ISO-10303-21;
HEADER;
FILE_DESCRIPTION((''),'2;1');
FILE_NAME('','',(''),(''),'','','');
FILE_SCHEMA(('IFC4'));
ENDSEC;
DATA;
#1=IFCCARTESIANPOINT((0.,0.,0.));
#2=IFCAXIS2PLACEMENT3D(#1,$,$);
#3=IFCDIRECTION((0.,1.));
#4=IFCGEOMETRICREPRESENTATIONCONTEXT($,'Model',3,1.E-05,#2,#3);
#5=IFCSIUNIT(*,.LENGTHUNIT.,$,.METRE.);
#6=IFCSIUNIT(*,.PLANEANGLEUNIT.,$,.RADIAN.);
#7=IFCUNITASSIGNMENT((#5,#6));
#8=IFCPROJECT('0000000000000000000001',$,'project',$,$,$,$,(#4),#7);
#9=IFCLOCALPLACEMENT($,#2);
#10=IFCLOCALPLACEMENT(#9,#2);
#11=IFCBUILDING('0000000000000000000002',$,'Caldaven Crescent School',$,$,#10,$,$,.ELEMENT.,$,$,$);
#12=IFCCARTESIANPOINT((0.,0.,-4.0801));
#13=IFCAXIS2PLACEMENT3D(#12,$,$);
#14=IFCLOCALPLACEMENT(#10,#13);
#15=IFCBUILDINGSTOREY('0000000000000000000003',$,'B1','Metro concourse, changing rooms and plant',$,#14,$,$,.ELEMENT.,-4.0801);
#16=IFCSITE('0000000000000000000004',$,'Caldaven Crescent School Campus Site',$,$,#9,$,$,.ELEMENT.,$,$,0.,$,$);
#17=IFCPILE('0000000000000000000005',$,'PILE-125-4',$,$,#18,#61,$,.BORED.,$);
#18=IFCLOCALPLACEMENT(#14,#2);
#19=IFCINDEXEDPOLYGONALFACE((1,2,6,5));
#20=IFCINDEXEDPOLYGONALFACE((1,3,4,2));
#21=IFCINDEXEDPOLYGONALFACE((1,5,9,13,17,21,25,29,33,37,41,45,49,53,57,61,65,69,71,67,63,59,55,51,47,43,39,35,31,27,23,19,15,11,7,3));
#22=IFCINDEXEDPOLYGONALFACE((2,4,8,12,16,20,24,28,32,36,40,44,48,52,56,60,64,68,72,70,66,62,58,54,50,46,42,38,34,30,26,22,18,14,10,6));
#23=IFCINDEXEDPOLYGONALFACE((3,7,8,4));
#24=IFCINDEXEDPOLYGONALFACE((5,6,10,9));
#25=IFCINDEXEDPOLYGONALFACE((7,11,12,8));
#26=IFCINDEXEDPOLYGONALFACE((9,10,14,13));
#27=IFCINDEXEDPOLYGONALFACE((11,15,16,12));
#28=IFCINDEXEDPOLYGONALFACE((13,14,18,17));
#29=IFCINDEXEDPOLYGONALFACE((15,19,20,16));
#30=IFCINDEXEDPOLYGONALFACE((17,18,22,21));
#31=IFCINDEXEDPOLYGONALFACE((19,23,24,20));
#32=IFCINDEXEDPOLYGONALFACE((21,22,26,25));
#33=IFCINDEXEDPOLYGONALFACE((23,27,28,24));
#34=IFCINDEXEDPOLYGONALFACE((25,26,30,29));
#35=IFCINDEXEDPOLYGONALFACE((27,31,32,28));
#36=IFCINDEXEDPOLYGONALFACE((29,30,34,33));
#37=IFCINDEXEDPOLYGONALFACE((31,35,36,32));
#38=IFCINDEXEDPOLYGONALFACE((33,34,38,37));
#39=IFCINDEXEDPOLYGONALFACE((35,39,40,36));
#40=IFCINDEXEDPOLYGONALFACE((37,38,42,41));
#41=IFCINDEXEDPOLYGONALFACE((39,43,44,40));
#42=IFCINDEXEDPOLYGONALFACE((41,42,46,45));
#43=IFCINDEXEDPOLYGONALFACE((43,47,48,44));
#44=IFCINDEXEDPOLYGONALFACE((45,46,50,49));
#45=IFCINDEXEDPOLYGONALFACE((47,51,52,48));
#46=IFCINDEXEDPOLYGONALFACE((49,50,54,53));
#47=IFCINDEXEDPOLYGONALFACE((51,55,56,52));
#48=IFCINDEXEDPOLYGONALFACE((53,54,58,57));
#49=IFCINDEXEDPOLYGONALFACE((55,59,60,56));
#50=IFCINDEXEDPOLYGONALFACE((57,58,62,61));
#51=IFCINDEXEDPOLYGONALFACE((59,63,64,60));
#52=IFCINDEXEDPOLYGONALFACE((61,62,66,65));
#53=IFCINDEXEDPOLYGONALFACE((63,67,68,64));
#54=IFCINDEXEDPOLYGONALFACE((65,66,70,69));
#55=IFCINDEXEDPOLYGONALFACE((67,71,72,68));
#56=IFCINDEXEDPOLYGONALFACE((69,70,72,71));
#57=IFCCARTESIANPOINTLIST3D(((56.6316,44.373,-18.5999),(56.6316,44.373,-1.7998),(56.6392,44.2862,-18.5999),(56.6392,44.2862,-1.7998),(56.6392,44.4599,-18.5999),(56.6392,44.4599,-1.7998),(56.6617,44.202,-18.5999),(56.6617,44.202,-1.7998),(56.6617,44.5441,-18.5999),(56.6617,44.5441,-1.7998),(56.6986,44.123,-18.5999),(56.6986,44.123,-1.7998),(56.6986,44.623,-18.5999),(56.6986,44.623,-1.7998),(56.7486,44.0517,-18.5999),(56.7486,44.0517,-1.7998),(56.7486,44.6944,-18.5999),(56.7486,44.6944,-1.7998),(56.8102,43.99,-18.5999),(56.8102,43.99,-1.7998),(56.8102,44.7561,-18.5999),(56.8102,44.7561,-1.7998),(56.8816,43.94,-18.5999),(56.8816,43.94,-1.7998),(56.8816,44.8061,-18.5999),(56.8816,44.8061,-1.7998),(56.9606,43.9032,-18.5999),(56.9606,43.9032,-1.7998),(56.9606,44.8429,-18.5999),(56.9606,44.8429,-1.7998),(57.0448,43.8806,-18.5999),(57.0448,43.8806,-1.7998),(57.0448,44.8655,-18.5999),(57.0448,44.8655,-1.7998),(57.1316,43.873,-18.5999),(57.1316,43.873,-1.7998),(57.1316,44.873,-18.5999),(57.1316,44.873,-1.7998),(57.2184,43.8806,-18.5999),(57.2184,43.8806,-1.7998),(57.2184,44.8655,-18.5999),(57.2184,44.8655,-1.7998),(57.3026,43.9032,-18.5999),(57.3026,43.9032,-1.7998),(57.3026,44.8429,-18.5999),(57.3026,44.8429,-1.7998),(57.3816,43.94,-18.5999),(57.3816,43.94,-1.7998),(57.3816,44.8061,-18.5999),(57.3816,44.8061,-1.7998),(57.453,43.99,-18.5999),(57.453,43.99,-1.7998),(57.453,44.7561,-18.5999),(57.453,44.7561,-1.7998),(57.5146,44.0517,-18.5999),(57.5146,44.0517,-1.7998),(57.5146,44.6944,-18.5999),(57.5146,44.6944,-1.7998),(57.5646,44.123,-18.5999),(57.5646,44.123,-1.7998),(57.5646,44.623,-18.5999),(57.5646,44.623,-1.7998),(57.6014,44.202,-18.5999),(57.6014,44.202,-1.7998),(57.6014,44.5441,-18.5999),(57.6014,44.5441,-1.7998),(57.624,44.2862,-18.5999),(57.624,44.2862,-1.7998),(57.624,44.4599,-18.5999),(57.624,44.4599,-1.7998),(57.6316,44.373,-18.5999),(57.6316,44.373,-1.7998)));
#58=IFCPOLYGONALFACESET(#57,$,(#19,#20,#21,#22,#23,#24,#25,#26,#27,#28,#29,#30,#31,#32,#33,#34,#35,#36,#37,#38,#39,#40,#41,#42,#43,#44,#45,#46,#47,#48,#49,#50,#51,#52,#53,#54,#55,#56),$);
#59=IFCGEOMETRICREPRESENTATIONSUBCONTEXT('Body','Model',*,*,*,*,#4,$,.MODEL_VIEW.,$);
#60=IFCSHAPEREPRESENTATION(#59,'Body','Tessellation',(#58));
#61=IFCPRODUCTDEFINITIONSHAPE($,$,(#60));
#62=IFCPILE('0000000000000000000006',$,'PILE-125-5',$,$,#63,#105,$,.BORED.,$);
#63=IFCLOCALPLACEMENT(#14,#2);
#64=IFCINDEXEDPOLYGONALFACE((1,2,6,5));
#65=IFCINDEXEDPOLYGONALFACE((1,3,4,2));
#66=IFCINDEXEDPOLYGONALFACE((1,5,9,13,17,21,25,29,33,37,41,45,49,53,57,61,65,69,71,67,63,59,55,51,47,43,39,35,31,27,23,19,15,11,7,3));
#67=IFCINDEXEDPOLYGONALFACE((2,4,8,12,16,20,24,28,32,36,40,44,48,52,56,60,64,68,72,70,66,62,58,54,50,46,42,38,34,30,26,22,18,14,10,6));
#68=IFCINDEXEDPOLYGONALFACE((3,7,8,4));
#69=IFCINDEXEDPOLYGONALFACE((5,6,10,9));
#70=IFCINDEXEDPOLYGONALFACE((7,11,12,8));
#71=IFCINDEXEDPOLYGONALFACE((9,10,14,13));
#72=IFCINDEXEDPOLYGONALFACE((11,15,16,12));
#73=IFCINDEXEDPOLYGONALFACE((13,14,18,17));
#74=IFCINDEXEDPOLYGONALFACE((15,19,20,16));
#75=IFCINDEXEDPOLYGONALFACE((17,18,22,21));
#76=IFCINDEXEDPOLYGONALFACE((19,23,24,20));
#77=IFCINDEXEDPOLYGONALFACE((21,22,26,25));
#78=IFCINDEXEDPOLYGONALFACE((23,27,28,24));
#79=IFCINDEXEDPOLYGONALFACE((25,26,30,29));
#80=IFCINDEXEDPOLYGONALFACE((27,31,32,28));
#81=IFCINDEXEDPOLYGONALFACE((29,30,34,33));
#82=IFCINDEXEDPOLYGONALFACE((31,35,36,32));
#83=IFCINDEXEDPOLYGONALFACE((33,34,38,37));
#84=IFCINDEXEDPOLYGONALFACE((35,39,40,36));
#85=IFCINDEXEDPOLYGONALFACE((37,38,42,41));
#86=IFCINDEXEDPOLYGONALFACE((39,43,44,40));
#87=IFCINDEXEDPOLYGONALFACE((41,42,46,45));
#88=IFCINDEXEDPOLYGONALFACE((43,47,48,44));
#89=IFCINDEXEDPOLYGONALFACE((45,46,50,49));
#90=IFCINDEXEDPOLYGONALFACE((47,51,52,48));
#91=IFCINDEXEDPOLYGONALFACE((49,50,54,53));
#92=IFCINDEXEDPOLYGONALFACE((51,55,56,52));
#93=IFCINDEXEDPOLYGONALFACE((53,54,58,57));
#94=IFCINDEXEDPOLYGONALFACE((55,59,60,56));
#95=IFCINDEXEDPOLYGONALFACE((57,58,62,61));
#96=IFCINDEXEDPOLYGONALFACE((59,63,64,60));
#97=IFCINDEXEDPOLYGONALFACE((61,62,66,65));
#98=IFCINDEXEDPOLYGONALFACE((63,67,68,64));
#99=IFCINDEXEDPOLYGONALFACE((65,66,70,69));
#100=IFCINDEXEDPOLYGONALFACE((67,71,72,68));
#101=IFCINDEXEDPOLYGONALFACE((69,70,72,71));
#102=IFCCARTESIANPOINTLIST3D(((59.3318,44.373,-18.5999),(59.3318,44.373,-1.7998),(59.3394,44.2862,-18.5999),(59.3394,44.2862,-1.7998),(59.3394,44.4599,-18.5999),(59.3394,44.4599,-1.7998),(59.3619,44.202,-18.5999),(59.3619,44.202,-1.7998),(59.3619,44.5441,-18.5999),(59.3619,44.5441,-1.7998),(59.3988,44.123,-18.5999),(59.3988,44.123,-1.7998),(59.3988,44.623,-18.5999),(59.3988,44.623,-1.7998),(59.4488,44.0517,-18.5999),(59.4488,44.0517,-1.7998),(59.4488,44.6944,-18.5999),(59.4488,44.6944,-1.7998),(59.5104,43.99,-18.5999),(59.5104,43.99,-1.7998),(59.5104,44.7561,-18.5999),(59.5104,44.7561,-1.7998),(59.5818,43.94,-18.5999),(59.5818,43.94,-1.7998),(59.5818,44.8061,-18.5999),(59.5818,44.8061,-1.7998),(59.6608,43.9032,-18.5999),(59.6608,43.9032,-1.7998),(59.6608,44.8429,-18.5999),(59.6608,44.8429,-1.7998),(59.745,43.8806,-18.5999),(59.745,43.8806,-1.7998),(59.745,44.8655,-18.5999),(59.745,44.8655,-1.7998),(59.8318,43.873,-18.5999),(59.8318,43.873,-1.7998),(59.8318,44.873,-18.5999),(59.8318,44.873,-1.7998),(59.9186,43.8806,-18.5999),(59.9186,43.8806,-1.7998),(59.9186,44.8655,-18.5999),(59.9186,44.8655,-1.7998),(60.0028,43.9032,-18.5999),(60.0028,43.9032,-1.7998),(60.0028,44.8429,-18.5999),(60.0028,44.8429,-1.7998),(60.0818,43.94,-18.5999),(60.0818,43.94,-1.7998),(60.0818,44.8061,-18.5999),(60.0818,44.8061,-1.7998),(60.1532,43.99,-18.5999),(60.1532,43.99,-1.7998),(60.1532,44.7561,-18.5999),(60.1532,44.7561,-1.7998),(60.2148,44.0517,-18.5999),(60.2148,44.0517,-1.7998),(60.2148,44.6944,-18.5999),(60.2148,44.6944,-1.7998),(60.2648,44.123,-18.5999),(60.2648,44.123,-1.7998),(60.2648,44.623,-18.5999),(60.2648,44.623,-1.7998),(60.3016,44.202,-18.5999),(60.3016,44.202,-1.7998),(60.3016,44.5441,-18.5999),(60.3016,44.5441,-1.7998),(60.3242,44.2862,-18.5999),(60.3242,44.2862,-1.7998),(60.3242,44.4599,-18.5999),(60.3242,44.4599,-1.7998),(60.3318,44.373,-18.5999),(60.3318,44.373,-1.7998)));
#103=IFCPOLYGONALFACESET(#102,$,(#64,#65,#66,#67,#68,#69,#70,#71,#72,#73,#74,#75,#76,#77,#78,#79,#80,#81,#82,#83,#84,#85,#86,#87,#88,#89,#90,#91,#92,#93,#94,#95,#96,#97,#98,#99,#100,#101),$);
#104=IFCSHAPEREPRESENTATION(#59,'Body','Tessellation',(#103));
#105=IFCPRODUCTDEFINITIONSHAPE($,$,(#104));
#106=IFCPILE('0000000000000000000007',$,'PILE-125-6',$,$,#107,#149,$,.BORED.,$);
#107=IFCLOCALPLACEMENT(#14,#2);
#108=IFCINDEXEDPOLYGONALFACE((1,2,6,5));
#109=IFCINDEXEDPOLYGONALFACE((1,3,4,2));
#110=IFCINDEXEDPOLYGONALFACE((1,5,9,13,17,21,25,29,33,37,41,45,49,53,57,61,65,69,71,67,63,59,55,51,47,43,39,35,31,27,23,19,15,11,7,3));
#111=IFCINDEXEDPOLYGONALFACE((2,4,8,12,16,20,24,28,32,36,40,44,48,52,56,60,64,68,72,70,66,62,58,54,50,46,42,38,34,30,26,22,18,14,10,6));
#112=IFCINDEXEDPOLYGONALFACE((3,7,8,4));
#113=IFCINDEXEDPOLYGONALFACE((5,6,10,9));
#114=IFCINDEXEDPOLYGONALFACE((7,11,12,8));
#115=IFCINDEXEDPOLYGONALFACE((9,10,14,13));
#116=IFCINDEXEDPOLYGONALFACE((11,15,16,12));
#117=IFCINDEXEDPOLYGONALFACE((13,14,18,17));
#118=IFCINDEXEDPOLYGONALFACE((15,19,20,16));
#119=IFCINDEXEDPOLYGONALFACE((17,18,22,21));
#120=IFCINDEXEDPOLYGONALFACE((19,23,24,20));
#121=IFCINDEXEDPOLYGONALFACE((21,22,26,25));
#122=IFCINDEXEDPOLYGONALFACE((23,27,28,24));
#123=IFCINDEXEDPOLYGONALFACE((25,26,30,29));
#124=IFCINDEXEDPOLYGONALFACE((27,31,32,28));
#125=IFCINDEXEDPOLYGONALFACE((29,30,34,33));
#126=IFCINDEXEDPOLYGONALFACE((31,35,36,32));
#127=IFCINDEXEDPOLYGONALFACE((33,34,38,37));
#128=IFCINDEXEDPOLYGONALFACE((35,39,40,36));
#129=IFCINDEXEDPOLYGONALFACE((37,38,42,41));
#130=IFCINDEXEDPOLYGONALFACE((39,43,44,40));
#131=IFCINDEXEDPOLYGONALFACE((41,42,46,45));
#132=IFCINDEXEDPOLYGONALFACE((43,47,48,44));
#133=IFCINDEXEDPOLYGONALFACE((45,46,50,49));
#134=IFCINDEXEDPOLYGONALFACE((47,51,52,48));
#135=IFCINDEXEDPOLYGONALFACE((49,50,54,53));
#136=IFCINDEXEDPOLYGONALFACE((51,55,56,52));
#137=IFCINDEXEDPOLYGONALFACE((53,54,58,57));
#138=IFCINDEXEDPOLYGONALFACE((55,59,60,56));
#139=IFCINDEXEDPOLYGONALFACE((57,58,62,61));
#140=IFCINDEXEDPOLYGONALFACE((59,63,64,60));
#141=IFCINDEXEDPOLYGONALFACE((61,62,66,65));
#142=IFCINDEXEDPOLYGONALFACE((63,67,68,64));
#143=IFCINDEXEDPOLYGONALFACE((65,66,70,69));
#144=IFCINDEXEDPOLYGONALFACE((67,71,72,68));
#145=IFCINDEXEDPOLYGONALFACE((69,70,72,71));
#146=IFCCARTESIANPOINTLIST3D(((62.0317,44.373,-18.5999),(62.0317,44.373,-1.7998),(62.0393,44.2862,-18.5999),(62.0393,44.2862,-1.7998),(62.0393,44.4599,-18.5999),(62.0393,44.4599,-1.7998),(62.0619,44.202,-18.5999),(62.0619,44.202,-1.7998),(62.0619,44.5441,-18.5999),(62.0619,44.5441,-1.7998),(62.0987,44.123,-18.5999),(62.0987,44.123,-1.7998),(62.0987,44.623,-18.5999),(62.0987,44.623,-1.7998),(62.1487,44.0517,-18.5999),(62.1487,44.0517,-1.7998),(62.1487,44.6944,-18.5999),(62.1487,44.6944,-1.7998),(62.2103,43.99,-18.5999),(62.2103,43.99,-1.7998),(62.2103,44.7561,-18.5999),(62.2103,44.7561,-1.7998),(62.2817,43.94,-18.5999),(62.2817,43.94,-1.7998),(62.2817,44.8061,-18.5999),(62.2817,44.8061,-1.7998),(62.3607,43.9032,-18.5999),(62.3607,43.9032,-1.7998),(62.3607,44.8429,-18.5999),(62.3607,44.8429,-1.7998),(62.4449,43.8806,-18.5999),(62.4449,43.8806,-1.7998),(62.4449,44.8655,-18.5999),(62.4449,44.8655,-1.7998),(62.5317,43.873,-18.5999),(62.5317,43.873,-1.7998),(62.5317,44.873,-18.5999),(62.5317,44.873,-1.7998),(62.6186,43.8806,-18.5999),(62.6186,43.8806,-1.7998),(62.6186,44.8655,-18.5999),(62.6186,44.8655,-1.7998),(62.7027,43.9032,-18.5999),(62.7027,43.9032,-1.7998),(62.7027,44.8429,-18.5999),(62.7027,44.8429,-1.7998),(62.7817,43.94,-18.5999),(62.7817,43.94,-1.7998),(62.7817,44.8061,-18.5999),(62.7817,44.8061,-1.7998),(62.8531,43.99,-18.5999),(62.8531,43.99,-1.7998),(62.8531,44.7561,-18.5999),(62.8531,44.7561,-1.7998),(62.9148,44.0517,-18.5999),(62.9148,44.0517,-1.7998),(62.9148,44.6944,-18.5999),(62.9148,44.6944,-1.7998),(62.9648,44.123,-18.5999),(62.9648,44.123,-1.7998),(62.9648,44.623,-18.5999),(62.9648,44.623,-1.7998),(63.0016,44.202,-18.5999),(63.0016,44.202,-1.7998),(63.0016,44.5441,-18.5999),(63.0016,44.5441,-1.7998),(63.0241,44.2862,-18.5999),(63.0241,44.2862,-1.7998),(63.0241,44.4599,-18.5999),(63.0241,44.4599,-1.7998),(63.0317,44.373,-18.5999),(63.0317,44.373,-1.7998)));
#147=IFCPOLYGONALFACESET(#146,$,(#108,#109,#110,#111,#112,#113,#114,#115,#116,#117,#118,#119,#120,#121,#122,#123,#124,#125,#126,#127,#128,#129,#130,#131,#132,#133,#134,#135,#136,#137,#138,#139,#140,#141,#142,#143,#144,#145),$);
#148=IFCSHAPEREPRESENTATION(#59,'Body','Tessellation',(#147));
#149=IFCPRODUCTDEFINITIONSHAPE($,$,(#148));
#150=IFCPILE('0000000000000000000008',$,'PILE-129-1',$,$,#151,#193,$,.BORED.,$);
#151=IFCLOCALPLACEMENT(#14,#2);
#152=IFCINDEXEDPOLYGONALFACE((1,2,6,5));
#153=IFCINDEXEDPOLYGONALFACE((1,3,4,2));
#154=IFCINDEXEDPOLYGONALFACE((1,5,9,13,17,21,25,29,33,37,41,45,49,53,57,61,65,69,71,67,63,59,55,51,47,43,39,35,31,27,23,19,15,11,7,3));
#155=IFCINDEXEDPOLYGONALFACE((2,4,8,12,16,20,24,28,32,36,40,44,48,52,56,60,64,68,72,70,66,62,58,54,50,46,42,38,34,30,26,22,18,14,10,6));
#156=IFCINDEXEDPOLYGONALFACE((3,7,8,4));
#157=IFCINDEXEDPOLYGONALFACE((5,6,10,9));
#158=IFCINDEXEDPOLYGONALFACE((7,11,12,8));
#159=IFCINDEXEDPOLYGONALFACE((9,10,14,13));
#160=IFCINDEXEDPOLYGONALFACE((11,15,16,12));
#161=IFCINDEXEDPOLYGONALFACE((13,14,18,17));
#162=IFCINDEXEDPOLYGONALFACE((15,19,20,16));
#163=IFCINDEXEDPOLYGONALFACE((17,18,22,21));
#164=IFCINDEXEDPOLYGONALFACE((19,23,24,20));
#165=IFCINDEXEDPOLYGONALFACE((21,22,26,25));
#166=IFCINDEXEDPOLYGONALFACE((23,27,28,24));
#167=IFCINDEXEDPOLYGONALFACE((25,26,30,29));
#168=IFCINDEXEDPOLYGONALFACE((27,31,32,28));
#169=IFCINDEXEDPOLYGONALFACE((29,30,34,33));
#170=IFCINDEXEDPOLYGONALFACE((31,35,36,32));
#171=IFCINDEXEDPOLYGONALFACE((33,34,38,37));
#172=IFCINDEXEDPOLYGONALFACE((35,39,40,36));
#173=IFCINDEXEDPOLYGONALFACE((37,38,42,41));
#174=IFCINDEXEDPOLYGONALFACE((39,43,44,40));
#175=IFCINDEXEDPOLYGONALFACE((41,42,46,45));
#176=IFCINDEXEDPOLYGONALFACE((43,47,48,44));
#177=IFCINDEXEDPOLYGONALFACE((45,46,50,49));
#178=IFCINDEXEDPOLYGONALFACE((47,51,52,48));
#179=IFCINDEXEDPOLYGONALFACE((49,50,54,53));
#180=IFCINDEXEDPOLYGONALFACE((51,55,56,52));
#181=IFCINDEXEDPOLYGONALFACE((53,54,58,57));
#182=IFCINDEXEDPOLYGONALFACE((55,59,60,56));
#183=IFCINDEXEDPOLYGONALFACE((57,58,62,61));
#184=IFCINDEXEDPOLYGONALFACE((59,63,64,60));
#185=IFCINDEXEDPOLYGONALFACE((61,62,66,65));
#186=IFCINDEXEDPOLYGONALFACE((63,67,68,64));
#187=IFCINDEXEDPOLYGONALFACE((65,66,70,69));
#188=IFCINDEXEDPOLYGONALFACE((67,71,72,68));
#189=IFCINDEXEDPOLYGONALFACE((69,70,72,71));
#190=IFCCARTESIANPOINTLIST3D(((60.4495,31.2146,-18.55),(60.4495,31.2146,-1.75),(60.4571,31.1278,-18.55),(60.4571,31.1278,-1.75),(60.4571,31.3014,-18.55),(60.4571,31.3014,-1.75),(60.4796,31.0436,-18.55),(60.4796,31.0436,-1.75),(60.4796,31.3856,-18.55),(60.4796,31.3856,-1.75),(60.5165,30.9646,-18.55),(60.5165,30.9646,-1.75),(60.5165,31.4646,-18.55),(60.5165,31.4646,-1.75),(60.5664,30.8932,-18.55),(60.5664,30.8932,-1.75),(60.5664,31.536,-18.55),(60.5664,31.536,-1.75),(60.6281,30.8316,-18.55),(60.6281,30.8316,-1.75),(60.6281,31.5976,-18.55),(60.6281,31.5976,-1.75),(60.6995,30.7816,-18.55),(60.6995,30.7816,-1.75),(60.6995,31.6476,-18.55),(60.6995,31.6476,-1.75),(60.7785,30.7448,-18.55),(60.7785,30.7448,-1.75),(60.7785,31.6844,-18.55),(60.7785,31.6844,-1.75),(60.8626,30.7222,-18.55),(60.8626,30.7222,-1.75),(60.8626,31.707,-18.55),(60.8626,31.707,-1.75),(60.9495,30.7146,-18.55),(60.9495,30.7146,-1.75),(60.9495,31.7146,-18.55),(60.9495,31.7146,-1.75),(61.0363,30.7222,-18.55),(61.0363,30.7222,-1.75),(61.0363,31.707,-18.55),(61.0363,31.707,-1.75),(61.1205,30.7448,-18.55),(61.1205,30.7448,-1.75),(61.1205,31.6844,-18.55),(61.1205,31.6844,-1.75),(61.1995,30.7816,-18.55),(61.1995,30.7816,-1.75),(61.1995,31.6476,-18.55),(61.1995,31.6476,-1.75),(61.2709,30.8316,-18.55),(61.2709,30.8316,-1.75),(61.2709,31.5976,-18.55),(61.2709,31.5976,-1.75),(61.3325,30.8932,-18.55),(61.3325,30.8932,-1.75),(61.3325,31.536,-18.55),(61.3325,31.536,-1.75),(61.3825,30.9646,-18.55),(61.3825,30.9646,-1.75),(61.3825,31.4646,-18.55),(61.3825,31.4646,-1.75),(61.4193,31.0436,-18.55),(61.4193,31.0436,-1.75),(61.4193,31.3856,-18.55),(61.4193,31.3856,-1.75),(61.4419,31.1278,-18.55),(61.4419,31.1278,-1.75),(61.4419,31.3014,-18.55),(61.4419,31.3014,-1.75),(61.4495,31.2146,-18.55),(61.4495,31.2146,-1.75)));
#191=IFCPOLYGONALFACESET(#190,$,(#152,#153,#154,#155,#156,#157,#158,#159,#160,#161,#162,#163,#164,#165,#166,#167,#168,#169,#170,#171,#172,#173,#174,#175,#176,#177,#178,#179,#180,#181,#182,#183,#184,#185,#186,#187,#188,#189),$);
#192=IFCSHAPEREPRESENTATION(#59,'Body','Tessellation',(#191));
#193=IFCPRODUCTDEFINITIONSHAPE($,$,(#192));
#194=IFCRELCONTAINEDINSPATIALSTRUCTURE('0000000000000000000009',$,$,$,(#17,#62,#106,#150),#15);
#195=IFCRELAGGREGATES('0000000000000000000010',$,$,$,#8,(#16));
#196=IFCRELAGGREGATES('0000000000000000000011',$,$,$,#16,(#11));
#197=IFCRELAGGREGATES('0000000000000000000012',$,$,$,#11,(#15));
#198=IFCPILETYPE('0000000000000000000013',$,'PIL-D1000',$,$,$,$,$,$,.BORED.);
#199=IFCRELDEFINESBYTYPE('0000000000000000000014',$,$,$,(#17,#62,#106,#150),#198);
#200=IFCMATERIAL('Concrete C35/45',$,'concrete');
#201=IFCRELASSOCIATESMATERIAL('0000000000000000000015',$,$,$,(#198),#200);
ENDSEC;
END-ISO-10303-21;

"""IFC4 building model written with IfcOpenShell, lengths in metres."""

from ifc_helpers import new_model, si_unit, direction, frame, origin, origin_2d, place, context, subcontext, project, spatial, circle, extrude, material, material_profile, profile_set, type_object, element, save


model = new_model("IFC4")

# Units and contexts
model_context = context("Model", 3, precision=1e-05, world=origin(), true_north=direction((0.0, 1.0)))
body_context = subcontext(model_context, "Body", "Model", "MODEL_VIEW")
ifc_project = project(units=[si_unit("LENGTHUNIT", "METRE"), si_unit("PLANEANGLEUNIT", "RADIAN")], contexts=[model_context])

# Site, building, storey
site_placement = place(None, origin())
site = spatial("IfcSite", under=ifc_project, at=site_placement, Name="Caldaven Crescent School Campus Site", CompositionType="ELEMENT", RefElevation=0.0)
building_placement = place(site_placement, origin())
building = spatial("IfcBuilding", under=site, at=building_placement, Name="Caldaven Crescent School", CompositionType="ELEMENT")
storey_placement = place(building_placement, frame((0.0, 0.0, -4.0801)))
storey = spatial("IfcBuildingStorey", under=building, at=storey_placement, Name="B1", Description="Metro concourse, changing rooms and plant", CompositionType="ELEMENT", Elevation=-4.0801)

# Shared definitions
ifc_material_1 = material(Name="Concrete C35/45", Category="concrete")

# Piles
ifc_material_profile_1 = material_profile(ifc_material_1, circle(Radius=0.5, at=origin_2d()), Name="PILE D1000")
ifc_profile_set_1 = profile_set([ifc_material_profile_1], Name="Concrete C35/45")
pile_type = type_object("IfcPileType", Name="PIL-D1000", PredefinedType="BORED", material=ifc_profile_set_1)
for number, where, z_axis, x_axis, name in (
    (1, (57.1316, 44.373, -1.7998), (0.0, 0.0, -1.0), (1.0, 0.0, 0.0), "PILE-125-4"),
    (2, (59.8318, 44.373, -1.7998), (0.0, 0.0, -1.0), (1.0, 0.0, 0.0), "PILE-125-5"),
    (3, (62.5317, 44.373, -1.7998), (0.0, 0.0, -1.0), (1.0, 0.0, 0.0), "PILE-125-6"),
    (4, (60.9495, 31.2146, -1.75), (0.0, 0.0, -1.0), (1.0, 0.0, 0.0), "PILE-129-1"),
):
    element("IfcPile", number, at=place(storey_placement, frame(where, z_axis=z_axis, x_axis=x_axis)), inside=storey, type_object=pile_type, Name=name, PredefinedType="BORED", context=body_context, shape_type="SweptSolid", body=[
        extrude(circle(Radius=0.5, at=origin_2d()), origin(), (0.0, 0.0, 1.0), 16.8),
    ])

save(model, "model.ifc")
